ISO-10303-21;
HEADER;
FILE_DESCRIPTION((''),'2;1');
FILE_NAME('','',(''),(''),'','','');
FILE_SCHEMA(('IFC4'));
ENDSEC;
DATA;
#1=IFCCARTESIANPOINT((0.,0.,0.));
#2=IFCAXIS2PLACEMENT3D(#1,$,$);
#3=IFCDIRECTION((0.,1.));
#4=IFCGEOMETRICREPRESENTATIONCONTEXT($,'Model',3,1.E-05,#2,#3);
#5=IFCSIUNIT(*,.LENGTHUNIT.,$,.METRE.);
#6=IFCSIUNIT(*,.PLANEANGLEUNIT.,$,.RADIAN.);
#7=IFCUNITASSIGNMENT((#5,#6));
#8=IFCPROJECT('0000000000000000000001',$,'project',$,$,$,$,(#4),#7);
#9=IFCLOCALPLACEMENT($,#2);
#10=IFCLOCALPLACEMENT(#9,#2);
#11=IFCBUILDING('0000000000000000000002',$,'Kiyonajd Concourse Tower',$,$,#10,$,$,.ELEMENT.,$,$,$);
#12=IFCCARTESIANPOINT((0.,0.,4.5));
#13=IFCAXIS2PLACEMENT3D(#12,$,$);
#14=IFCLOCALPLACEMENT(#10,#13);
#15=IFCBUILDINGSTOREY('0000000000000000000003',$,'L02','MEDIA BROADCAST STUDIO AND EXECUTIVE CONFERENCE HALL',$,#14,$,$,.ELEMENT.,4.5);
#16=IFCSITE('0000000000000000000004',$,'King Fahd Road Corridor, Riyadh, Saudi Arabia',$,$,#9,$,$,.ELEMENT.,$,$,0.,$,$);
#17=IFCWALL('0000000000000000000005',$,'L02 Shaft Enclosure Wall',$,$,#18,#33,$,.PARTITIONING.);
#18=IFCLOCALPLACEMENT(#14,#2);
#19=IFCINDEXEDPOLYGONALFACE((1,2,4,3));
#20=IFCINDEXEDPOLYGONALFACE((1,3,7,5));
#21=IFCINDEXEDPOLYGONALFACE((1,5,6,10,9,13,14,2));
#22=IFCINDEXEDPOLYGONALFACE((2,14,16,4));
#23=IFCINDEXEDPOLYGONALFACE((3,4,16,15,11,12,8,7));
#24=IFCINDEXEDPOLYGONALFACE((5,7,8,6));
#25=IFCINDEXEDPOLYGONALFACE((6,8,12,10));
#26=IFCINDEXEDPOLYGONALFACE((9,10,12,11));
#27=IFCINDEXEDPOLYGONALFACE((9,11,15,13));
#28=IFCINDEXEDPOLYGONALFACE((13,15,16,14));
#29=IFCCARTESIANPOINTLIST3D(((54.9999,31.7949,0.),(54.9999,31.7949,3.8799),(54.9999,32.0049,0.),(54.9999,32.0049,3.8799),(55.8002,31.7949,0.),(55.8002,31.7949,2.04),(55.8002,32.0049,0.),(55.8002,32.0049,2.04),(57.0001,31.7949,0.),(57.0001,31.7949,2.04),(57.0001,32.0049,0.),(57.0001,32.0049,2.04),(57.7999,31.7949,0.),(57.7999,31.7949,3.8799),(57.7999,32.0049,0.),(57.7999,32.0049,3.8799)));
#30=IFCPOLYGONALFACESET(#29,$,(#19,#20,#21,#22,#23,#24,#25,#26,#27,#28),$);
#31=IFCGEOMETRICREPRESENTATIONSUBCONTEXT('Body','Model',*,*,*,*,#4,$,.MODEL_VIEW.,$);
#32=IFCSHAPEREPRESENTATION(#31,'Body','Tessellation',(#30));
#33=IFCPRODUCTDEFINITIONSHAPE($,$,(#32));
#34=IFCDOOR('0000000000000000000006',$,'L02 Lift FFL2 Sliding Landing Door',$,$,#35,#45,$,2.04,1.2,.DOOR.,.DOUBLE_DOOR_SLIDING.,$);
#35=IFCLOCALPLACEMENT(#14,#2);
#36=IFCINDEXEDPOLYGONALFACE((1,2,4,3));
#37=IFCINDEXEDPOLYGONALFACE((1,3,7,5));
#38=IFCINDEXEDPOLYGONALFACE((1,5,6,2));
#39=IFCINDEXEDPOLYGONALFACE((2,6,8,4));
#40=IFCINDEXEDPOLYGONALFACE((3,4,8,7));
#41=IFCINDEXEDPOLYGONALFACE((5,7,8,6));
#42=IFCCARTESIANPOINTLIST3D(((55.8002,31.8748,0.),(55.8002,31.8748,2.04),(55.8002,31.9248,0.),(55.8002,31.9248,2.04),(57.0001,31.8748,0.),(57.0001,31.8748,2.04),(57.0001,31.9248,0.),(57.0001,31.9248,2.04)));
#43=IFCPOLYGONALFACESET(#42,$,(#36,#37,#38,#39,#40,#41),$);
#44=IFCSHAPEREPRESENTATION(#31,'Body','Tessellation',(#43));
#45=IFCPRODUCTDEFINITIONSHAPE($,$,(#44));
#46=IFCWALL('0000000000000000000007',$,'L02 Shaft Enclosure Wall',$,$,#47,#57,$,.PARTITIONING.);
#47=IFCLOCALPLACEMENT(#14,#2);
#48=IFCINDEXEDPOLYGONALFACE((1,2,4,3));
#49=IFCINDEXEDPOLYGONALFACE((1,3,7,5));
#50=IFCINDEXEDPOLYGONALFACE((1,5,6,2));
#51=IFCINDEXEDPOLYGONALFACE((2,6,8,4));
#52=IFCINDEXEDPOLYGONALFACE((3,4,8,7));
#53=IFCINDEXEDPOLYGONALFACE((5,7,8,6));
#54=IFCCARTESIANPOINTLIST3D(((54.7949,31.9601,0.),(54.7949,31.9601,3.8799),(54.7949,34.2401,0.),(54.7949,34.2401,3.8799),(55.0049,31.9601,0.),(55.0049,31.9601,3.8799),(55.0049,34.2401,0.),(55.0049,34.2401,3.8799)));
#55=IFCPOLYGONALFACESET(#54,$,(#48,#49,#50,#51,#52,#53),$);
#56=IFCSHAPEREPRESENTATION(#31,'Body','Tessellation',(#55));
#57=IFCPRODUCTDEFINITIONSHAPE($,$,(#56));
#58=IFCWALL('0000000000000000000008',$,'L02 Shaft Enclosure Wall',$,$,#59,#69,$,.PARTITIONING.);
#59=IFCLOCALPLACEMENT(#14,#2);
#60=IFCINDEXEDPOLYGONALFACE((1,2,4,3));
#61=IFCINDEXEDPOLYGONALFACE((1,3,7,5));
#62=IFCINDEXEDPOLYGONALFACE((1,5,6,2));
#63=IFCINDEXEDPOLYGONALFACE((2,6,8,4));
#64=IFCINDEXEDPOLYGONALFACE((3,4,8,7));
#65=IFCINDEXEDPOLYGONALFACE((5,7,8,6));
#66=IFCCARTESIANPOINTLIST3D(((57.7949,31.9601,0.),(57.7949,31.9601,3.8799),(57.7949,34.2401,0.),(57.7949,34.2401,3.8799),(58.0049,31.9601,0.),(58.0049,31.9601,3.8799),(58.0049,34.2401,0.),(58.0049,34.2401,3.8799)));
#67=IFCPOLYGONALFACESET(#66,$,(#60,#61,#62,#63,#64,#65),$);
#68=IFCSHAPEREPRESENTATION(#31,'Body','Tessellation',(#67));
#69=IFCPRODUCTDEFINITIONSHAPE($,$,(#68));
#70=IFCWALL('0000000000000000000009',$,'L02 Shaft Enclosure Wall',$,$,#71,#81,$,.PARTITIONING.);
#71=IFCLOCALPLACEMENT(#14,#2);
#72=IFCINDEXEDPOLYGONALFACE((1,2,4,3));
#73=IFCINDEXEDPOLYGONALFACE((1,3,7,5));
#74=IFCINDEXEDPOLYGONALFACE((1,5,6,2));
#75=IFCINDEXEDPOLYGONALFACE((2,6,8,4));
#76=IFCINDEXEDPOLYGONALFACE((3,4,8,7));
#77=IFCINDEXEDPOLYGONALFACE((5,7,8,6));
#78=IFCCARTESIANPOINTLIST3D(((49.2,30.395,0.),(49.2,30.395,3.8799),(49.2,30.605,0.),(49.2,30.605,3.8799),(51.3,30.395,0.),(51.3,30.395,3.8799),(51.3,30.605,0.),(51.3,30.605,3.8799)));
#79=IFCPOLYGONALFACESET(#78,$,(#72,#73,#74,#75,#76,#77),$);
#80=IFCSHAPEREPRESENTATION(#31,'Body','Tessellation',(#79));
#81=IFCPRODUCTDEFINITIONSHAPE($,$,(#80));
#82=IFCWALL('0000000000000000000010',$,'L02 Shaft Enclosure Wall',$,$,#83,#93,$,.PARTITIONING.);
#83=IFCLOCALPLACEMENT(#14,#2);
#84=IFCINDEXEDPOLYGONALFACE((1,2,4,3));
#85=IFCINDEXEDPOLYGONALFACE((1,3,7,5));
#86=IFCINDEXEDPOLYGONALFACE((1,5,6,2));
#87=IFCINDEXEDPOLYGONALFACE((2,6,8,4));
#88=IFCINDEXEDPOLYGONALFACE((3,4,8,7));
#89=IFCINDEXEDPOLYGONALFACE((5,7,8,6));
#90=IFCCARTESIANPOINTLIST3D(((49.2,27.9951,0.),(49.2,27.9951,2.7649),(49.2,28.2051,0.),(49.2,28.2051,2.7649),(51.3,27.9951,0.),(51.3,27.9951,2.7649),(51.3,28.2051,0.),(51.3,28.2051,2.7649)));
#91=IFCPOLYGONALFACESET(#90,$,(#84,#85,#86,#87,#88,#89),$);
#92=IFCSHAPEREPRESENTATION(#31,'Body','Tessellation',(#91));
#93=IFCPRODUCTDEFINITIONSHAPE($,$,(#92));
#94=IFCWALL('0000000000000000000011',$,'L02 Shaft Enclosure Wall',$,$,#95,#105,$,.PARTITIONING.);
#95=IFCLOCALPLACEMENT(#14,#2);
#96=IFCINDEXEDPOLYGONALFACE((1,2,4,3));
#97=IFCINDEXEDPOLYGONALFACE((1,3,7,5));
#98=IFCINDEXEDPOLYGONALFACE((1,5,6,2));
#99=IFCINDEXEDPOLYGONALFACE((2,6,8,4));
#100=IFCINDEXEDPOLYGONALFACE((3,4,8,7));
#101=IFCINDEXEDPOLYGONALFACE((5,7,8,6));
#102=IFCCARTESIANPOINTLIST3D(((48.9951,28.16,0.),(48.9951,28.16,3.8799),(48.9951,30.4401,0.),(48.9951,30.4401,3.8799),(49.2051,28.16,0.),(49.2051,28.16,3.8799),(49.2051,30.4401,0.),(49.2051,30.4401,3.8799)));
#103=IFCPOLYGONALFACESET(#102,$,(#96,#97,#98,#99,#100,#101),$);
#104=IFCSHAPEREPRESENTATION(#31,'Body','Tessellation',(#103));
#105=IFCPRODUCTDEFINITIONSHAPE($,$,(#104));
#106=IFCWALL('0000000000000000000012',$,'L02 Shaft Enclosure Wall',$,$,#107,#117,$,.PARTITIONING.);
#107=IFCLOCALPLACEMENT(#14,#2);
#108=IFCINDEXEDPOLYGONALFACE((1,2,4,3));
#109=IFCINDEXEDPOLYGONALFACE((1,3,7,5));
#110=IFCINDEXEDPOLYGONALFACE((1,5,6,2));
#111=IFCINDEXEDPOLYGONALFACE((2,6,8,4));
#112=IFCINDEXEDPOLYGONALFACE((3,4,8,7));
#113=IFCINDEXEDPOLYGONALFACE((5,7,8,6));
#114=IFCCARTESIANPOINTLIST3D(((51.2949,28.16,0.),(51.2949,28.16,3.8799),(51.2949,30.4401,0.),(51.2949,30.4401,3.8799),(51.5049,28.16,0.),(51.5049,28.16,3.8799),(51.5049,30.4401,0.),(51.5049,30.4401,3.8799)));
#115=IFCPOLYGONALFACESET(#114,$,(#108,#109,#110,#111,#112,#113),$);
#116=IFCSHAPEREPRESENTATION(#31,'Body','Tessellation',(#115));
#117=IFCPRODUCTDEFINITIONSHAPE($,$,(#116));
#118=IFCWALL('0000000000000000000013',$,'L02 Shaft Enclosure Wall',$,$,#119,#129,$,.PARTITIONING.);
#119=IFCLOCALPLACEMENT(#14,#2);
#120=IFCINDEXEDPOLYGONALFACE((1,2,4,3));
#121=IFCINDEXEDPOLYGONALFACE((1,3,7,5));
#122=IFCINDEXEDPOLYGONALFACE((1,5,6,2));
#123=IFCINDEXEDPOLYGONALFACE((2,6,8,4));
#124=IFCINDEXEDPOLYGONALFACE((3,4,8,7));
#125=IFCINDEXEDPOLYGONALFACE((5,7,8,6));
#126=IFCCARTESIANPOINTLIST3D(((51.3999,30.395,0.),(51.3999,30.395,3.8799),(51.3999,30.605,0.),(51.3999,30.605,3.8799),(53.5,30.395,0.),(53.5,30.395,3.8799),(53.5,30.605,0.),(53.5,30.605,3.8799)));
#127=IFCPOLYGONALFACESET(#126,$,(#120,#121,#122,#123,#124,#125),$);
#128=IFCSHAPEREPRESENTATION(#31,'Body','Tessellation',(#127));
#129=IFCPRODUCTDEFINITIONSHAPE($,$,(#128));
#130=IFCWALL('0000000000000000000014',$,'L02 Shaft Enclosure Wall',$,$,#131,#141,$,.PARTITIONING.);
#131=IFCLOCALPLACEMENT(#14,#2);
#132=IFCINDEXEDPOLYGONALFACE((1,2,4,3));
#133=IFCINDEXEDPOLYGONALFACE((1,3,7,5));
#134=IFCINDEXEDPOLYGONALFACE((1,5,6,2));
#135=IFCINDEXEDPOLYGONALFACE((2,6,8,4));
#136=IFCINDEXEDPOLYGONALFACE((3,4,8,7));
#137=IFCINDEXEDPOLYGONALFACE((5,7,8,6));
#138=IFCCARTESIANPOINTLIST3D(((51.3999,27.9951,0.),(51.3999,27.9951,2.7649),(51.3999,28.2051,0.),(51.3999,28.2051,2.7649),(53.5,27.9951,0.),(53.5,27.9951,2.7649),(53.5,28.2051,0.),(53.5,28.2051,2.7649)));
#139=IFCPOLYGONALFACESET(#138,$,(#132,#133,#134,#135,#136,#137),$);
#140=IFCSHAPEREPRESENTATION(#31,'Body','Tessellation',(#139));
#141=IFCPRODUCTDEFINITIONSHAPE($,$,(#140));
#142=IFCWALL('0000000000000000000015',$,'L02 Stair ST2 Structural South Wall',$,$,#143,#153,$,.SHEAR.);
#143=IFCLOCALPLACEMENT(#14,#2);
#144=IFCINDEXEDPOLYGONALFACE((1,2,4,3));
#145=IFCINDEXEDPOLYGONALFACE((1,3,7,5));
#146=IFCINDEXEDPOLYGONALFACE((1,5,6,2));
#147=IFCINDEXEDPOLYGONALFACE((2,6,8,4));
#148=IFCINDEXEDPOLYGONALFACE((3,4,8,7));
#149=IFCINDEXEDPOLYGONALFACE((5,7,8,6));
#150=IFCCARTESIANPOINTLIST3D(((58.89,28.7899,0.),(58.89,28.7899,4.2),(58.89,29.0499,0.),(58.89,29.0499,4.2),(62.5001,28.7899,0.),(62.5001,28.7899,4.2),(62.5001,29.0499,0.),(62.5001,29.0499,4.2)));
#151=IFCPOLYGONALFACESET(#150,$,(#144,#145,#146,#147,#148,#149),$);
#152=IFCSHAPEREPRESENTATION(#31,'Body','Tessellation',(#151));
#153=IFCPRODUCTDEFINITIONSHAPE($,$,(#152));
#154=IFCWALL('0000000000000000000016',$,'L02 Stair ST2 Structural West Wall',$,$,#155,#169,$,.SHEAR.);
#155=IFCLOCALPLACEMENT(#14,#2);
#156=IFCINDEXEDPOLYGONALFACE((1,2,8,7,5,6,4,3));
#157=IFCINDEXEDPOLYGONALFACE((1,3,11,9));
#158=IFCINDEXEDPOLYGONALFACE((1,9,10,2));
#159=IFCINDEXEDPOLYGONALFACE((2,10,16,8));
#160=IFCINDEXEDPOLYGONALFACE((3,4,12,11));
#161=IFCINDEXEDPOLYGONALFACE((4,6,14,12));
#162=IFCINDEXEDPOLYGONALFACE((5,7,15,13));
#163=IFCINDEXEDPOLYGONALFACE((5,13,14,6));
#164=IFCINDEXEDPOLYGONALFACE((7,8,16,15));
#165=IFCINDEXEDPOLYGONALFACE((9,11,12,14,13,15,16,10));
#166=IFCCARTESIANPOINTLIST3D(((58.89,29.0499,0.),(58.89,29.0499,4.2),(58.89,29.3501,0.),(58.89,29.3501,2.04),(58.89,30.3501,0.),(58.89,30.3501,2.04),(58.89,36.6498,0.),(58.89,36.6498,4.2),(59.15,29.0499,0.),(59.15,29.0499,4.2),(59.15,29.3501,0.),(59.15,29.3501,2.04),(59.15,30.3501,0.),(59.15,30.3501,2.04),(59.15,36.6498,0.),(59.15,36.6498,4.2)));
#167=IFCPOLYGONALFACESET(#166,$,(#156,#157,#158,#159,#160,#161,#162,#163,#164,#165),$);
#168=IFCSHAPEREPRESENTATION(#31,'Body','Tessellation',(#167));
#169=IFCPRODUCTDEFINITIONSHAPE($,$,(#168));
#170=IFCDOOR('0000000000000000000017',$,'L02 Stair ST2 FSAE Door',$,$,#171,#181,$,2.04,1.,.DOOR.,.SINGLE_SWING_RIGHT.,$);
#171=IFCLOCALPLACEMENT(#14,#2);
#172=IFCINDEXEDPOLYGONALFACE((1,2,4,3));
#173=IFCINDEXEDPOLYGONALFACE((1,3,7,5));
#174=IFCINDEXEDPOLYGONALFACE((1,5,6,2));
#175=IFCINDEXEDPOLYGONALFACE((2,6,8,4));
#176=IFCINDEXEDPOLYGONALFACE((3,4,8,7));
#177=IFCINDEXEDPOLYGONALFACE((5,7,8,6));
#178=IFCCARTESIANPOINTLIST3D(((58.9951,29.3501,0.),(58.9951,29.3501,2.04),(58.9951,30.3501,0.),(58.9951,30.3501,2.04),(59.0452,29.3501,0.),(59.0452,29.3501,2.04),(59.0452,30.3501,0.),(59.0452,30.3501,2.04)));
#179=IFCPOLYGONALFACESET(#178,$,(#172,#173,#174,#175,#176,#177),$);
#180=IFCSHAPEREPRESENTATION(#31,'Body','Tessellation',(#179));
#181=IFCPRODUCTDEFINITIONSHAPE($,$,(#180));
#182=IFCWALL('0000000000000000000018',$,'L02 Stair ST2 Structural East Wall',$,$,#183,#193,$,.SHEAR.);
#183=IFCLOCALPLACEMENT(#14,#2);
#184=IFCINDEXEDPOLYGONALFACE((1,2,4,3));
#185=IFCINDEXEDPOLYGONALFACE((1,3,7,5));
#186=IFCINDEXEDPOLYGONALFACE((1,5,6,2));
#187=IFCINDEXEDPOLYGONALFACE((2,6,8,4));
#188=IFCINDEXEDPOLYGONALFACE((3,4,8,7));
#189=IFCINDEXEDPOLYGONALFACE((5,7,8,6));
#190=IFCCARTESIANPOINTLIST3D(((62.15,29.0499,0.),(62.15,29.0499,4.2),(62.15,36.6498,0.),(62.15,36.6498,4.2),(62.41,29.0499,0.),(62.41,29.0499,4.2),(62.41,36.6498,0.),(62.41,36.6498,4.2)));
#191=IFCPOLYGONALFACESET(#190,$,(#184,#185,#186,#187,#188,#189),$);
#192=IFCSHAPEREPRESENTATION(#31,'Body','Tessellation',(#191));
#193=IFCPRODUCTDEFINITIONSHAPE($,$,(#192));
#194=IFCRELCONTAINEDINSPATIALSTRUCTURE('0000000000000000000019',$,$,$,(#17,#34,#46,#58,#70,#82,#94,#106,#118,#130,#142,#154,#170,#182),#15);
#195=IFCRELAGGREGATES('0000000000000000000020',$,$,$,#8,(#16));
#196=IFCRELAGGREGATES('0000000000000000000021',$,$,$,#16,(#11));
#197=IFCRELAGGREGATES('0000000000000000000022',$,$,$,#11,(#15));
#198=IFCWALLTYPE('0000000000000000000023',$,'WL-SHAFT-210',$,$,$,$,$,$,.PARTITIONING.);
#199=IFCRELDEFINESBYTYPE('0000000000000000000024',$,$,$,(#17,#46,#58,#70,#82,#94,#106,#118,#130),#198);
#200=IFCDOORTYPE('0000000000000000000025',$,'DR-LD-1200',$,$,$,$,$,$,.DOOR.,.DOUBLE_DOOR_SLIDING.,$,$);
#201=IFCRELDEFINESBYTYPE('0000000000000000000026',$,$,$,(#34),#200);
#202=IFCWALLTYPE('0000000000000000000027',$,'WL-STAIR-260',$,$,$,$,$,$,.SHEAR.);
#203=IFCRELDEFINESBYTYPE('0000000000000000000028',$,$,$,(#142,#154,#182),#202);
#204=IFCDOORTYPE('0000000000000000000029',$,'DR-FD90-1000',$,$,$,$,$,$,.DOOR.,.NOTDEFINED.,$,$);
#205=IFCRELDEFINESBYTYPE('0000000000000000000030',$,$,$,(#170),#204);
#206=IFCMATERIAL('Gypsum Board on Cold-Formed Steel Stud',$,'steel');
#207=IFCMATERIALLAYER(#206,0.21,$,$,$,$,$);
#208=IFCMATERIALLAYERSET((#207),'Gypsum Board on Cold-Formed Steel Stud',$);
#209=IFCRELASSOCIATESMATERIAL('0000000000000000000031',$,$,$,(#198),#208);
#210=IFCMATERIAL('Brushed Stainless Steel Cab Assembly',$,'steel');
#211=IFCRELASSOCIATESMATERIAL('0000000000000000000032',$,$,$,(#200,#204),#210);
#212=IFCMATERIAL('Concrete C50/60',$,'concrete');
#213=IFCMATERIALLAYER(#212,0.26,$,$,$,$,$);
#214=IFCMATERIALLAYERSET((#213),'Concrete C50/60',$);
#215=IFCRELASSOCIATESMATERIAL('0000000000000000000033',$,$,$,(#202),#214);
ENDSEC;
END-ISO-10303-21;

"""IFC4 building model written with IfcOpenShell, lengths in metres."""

from ifc_helpers import new_model, si_unit, direction, frame, frame_2d, origin, place, context, subcontext, project, spatial, rectangle, extrude, material, layer, layer_set, type_object, element, fill, save


model = new_model("IFC4")

# Units and contexts
model_context = context("Model", 3, precision=1e-05, world=origin(), true_north=direction((0.0, 1.0)))
body_context = subcontext(model_context, "Body", "Model", "MODEL_VIEW")
ifc_project = project(units=[si_unit("LENGTHUNIT", "METRE"), si_unit("PLANEANGLEUNIT", "RADIAN")], contexts=[model_context])

# Site, building, storey
site_placement = place(None, origin())
site = spatial("IfcSite", under=ifc_project, at=site_placement, Name="King Fahd Road Corridor, Riyadh, Saudi Arabia", CompositionType="ELEMENT", RefElevation=0.0)
building_placement = place(site_placement, origin())
building = spatial("IfcBuilding", under=site, at=building_placement, Name="Kiyonajd Concourse Tower", CompositionType="ELEMENT")
storey_placement = place(building_placement, frame((0.0, 0.0, 4.5)))
storey = spatial("IfcBuildingStorey", under=building, at=storey_placement, Name="L02", Description="MEDIA BROADCAST STUDIO AND EXECUTIVE CONFERENCE HALL", CompositionType="ELEMENT", Elevation=4.5)

# Shared definitions
ifc_material_1 = material(Name="Concrete C50/60", Category="concrete")

# Wall, opening, door
ifc_material_2 = material(Name="Brushed Stainless Steel Cab Assembly", Category="steel")
ifc_material_3 = material(Name="Gypsum Board on Cold-Formed Steel Stud", Category="steel")
ifc_layer_1 = layer(ifc_material_3, 0.21)
ifc_layer_set_1 = layer_set([ifc_layer_1], Name="Gypsum Board on Cold-Formed Steel Stud")
wall_type_1 = type_object("IfcWallType", Name="WL-SHAFT-210", PredefinedType="PARTITIONING", material=ifc_layer_set_1)
wall_1_placement = place(storey_placement, frame((55.0, 31.8999, 0.0), z_axis=(0.0, 0.0, 1.0), x_axis=(1.0, 0.0, 0.0)))
wall_1 = element("IfcWall", 1, at=wall_1_placement, inside=storey, type_object=wall_type_1, Name="L02 Shaft Enclosure Wall", PredefinedType="PARTITIONING", context=body_context, shape_type="SweptSolid", body=[
    extrude(rectangle(XDim=2.8, YDim=0.21, at=frame_2d((1.3999, 0.0))), origin(), (0.0, 0.0, 1.0), 3.8799),
])
opening_1_placement = place(wall_1_placement, frame((0.8, 0.0, 0.0)))
opening_1 = element("IfcOpeningElement", 2, at=opening_1_placement, cuts=wall_1, PredefinedType="OPENING", context=body_context, shape_type="SweptSolid", body=[
    extrude(rectangle(XDim=1.2, YDim=2.04, at=frame_2d((0.6001, 1.02))), frame((0.0, 0.115, 0.0), z_axis=(0.0, -1.0, 0.0), x_axis=(1.0, 0.0, 0.0)), (0.0, 0.0, 1.0), 0.23),
])
door_type_1 = type_object("IfcDoorType", Name="DR-LD-1200", OperationType="DOUBLE_DOOR_SLIDING", PredefinedType="DOOR", material=ifc_material_2)
door_1_placement = place(opening_1_placement, origin())
door_1 = element("IfcDoor", 3, at=door_1_placement, inside=storey, type_object=door_type_1, Name="L02 Lift FFL2 Sliding Landing Door", OperationType="DOUBLE_DOOR_SLIDING", OverallHeight=2.04, OverallWidth=1.2, PredefinedType="DOOR", context=body_context, shape_type="SweptSolid", body=[
    extrude(rectangle(XDim=1.2, YDim=2.04, at=frame_2d((0.6001, 1.02))), frame((0.0, 0.0249, 0.0), z_axis=(0.0, -1.0, 0.0), x_axis=(1.0, 0.0, 0.0)), (0.0, 0.0, 1.0), 0.05),
])
fill(opening_1, door_1)

# Walls
for number, where, z_axis, x_axis, name in (
    (4, (54.8999, 31.96, 0.0), (0.0, 0.0, 1.0), (0.0, 1.0, 0.0), "L02 Shaft Enclosure Wall"),
    (5, (57.8999, 31.96, 0.0), (0.0, 0.0, 1.0), (0.0, 1.0, 0.0), "L02 Shaft Enclosure Wall"),
):
    element("IfcWall", number, at=place(storey_placement, frame(where, z_axis=z_axis, x_axis=x_axis)), inside=storey, type_object=wall_type_1, Name=name, PredefinedType="PARTITIONING", context=body_context, shape_type="SweptSolid", body=[
        extrude(rectangle(XDim=2.28, YDim=0.21, at=frame_2d((1.1401, 0.0))), origin(), (0.0, 0.0, 1.0), 3.8799),
    ])
wall_2_placement = place(storey_placement, frame((49.2, 30.5, 0.0), z_axis=(0.0, 0.0, 1.0), x_axis=(1.0, 0.0, 0.0)))
element("IfcWall", 6, at=wall_2_placement, inside=storey, type_object=wall_type_1, Name="L02 Shaft Enclosure Wall", PredefinedType="PARTITIONING", context=body_context, shape_type="SweptSolid", body=[
    extrude(rectangle(XDim=2.1001, YDim=0.21, at=frame_2d((1.05, 0.0))), origin(), (0.0, 0.0, 1.0), 3.8799),
])
wall_3_placement = place(storey_placement, frame((49.2, 28.1001, 0.0), z_axis=(0.0, 0.0, 1.0), x_axis=(1.0, 0.0, 0.0)))
element("IfcWall", 7, at=wall_3_placement, inside=storey, type_object=wall_type_1, Name="L02 Shaft Enclosure Wall", PredefinedType="PARTITIONING", context=body_context, shape_type="SweptSolid", body=[
    extrude(rectangle(XDim=2.1001, YDim=0.21, at=frame_2d((1.05, 0.0))), origin(), (0.0, 0.0, 1.0), 2.7649),
])
for number, where, z_axis, x_axis, name in (
    (8, (49.1001, 28.1599, 0.0), (0.0, 0.0, 1.0), (0.0, 1.0, 0.0), "L02 Shaft Enclosure Wall"),
    (9, (51.3999, 28.1599, 0.0), (0.0, 0.0, 1.0), (0.0, 1.0, 0.0), "L02 Shaft Enclosure Wall"),
):
    element("IfcWall", number, at=place(storey_placement, frame(where, z_axis=z_axis, x_axis=x_axis)), inside=storey, type_object=wall_type_1, Name=name, PredefinedType="PARTITIONING", context=body_context, shape_type="SweptSolid", body=[
        extrude(rectangle(XDim=2.28, YDim=0.21, at=frame_2d((1.1401, 0.0))), origin(), (0.0, 0.0, 1.0), 3.8799),
    ])
wall_4_placement = place(storey_placement, frame((51.3999, 30.5, 0.0), z_axis=(0.0, 0.0, 1.0), x_axis=(1.0, 0.0, 0.0)))
element("IfcWall", 10, at=wall_4_placement, inside=storey, type_object=wall_type_1, Name="L02 Shaft Enclosure Wall", PredefinedType="PARTITIONING", context=body_context, shape_type="SweptSolid", body=[
    extrude(rectangle(XDim=2.1001, YDim=0.21, at=frame_2d((1.05, 0.0))), origin(), (0.0, 0.0, 1.0), 3.8799),
])
wall_5_placement = place(storey_placement, frame((51.3999, 28.1001, 0.0), z_axis=(0.0, 0.0, 1.0), x_axis=(1.0, 0.0, 0.0)))
element("IfcWall", 11, at=wall_5_placement, inside=storey, type_object=wall_type_1, Name="L02 Shaft Enclosure Wall", PredefinedType="PARTITIONING", context=body_context, shape_type="SweptSolid", body=[
    extrude(rectangle(XDim=2.1001, YDim=0.21, at=frame_2d((1.05, 0.0))), origin(), (0.0, 0.0, 1.0), 2.7649),
])
ifc_layer_2 = layer(ifc_material_1, 0.26)
ifc_layer_set_2 = layer_set([ifc_layer_2], Name="Concrete C50/60")
wall_type_2 = type_object("IfcWallType", Name="WL-STAIR-260", PredefinedType="SHEAR", material=ifc_layer_set_2)
wall_6_placement = place(storey_placement, frame((58.8899, 28.9199, 0.0), z_axis=(0.0, 0.0, 1.0), x_axis=(1.0, 0.0, 0.0)))
element("IfcWall", 12, at=wall_6_placement, inside=storey, type_object=wall_type_2, Name="L02 Stair ST2 Structural South Wall", PredefinedType="SHEAR", context=body_context, shape_type="SweptSolid", body=[
    extrude(rectangle(XDim=3.6101, YDim=0.26, at=frame_2d((1.8052, 0.0))), origin(), (0.0, 0.0, 1.0), 4.2),
])

# Wall, opening, door
wall_7_placement = place(storey_placement, frame((59.02, 29.05, 0.0), z_axis=(0.0, 0.0, 1.0), x_axis=(0.0, 1.0, 0.0)))
wall_7 = element("IfcWall", 13, at=wall_7_placement, inside=storey, type_object=wall_type_2, Name="L02 Stair ST2 Structural West Wall", PredefinedType="SHEAR", context=body_context, shape_type="SweptSolid", body=[
    extrude(rectangle(XDim=7.5999, YDim=0.26, at=frame_2d((3.7998, 0.0))), origin(), (0.0, 0.0, 1.0), 4.2),
])
opening_2_placement = place(wall_7_placement, frame((0.3, 0.0, 0.0)))
opening_2 = element("IfcOpeningElement", 14, at=opening_2_placement, cuts=wall_7, PredefinedType="OPENING", context=body_context, shape_type="SweptSolid", body=[
    extrude(rectangle(XDim=1.0, YDim=2.04, at=frame_2d((0.5, 1.02))), frame((0.0, 0.1399, 0.0), z_axis=(0.0, -1.0, 0.0), x_axis=(1.0, 0.0, 0.0)), (0.0, 0.0, 1.0), 0.28),
])
door_type_2 = type_object("IfcDoorType", Name="DR-FD90-1000", OperationType="NOTDEFINED", PredefinedType="DOOR", material=ifc_material_2)
door_2_placement = place(opening_2_placement, origin())
door_2 = element("IfcDoor", 15, at=door_2_placement, inside=storey, type_object=door_type_2, Name="L02 Stair ST2 FSAE Door", OperationType="SINGLE_SWING_RIGHT", OverallHeight=2.04, OverallWidth=1.0, PredefinedType="DOOR", context=body_context, shape_type="SweptSolid", body=[
    extrude(rectangle(XDim=1.0, YDim=2.04, at=frame_2d((0.5, 1.02))), frame((0.0, 0.0249, 0.0), z_axis=(0.0, -1.0, 0.0), x_axis=(1.0, 0.0, 0.0)), (0.0, 0.0, 1.0), 0.05),
])
fill(opening_2, door_2)

# Wall
wall_8_placement = place(storey_placement, frame((62.28, 29.05, 0.0), z_axis=(0.0, 0.0, 1.0), x_axis=(0.0, 1.0, 0.0)))
element("IfcWall", 16, at=wall_8_placement, inside=storey, type_object=wall_type_2, Name="L02 Stair ST2 Structural East Wall", PredefinedType="SHEAR", context=body_context, shape_type="SweptSolid", body=[
    extrude(rectangle(XDim=7.5999, YDim=0.26, at=frame_2d((3.7998, 0.0))), origin(), (0.0, 0.0, 1.0), 4.2),
])

save(model, "model.ifc")
